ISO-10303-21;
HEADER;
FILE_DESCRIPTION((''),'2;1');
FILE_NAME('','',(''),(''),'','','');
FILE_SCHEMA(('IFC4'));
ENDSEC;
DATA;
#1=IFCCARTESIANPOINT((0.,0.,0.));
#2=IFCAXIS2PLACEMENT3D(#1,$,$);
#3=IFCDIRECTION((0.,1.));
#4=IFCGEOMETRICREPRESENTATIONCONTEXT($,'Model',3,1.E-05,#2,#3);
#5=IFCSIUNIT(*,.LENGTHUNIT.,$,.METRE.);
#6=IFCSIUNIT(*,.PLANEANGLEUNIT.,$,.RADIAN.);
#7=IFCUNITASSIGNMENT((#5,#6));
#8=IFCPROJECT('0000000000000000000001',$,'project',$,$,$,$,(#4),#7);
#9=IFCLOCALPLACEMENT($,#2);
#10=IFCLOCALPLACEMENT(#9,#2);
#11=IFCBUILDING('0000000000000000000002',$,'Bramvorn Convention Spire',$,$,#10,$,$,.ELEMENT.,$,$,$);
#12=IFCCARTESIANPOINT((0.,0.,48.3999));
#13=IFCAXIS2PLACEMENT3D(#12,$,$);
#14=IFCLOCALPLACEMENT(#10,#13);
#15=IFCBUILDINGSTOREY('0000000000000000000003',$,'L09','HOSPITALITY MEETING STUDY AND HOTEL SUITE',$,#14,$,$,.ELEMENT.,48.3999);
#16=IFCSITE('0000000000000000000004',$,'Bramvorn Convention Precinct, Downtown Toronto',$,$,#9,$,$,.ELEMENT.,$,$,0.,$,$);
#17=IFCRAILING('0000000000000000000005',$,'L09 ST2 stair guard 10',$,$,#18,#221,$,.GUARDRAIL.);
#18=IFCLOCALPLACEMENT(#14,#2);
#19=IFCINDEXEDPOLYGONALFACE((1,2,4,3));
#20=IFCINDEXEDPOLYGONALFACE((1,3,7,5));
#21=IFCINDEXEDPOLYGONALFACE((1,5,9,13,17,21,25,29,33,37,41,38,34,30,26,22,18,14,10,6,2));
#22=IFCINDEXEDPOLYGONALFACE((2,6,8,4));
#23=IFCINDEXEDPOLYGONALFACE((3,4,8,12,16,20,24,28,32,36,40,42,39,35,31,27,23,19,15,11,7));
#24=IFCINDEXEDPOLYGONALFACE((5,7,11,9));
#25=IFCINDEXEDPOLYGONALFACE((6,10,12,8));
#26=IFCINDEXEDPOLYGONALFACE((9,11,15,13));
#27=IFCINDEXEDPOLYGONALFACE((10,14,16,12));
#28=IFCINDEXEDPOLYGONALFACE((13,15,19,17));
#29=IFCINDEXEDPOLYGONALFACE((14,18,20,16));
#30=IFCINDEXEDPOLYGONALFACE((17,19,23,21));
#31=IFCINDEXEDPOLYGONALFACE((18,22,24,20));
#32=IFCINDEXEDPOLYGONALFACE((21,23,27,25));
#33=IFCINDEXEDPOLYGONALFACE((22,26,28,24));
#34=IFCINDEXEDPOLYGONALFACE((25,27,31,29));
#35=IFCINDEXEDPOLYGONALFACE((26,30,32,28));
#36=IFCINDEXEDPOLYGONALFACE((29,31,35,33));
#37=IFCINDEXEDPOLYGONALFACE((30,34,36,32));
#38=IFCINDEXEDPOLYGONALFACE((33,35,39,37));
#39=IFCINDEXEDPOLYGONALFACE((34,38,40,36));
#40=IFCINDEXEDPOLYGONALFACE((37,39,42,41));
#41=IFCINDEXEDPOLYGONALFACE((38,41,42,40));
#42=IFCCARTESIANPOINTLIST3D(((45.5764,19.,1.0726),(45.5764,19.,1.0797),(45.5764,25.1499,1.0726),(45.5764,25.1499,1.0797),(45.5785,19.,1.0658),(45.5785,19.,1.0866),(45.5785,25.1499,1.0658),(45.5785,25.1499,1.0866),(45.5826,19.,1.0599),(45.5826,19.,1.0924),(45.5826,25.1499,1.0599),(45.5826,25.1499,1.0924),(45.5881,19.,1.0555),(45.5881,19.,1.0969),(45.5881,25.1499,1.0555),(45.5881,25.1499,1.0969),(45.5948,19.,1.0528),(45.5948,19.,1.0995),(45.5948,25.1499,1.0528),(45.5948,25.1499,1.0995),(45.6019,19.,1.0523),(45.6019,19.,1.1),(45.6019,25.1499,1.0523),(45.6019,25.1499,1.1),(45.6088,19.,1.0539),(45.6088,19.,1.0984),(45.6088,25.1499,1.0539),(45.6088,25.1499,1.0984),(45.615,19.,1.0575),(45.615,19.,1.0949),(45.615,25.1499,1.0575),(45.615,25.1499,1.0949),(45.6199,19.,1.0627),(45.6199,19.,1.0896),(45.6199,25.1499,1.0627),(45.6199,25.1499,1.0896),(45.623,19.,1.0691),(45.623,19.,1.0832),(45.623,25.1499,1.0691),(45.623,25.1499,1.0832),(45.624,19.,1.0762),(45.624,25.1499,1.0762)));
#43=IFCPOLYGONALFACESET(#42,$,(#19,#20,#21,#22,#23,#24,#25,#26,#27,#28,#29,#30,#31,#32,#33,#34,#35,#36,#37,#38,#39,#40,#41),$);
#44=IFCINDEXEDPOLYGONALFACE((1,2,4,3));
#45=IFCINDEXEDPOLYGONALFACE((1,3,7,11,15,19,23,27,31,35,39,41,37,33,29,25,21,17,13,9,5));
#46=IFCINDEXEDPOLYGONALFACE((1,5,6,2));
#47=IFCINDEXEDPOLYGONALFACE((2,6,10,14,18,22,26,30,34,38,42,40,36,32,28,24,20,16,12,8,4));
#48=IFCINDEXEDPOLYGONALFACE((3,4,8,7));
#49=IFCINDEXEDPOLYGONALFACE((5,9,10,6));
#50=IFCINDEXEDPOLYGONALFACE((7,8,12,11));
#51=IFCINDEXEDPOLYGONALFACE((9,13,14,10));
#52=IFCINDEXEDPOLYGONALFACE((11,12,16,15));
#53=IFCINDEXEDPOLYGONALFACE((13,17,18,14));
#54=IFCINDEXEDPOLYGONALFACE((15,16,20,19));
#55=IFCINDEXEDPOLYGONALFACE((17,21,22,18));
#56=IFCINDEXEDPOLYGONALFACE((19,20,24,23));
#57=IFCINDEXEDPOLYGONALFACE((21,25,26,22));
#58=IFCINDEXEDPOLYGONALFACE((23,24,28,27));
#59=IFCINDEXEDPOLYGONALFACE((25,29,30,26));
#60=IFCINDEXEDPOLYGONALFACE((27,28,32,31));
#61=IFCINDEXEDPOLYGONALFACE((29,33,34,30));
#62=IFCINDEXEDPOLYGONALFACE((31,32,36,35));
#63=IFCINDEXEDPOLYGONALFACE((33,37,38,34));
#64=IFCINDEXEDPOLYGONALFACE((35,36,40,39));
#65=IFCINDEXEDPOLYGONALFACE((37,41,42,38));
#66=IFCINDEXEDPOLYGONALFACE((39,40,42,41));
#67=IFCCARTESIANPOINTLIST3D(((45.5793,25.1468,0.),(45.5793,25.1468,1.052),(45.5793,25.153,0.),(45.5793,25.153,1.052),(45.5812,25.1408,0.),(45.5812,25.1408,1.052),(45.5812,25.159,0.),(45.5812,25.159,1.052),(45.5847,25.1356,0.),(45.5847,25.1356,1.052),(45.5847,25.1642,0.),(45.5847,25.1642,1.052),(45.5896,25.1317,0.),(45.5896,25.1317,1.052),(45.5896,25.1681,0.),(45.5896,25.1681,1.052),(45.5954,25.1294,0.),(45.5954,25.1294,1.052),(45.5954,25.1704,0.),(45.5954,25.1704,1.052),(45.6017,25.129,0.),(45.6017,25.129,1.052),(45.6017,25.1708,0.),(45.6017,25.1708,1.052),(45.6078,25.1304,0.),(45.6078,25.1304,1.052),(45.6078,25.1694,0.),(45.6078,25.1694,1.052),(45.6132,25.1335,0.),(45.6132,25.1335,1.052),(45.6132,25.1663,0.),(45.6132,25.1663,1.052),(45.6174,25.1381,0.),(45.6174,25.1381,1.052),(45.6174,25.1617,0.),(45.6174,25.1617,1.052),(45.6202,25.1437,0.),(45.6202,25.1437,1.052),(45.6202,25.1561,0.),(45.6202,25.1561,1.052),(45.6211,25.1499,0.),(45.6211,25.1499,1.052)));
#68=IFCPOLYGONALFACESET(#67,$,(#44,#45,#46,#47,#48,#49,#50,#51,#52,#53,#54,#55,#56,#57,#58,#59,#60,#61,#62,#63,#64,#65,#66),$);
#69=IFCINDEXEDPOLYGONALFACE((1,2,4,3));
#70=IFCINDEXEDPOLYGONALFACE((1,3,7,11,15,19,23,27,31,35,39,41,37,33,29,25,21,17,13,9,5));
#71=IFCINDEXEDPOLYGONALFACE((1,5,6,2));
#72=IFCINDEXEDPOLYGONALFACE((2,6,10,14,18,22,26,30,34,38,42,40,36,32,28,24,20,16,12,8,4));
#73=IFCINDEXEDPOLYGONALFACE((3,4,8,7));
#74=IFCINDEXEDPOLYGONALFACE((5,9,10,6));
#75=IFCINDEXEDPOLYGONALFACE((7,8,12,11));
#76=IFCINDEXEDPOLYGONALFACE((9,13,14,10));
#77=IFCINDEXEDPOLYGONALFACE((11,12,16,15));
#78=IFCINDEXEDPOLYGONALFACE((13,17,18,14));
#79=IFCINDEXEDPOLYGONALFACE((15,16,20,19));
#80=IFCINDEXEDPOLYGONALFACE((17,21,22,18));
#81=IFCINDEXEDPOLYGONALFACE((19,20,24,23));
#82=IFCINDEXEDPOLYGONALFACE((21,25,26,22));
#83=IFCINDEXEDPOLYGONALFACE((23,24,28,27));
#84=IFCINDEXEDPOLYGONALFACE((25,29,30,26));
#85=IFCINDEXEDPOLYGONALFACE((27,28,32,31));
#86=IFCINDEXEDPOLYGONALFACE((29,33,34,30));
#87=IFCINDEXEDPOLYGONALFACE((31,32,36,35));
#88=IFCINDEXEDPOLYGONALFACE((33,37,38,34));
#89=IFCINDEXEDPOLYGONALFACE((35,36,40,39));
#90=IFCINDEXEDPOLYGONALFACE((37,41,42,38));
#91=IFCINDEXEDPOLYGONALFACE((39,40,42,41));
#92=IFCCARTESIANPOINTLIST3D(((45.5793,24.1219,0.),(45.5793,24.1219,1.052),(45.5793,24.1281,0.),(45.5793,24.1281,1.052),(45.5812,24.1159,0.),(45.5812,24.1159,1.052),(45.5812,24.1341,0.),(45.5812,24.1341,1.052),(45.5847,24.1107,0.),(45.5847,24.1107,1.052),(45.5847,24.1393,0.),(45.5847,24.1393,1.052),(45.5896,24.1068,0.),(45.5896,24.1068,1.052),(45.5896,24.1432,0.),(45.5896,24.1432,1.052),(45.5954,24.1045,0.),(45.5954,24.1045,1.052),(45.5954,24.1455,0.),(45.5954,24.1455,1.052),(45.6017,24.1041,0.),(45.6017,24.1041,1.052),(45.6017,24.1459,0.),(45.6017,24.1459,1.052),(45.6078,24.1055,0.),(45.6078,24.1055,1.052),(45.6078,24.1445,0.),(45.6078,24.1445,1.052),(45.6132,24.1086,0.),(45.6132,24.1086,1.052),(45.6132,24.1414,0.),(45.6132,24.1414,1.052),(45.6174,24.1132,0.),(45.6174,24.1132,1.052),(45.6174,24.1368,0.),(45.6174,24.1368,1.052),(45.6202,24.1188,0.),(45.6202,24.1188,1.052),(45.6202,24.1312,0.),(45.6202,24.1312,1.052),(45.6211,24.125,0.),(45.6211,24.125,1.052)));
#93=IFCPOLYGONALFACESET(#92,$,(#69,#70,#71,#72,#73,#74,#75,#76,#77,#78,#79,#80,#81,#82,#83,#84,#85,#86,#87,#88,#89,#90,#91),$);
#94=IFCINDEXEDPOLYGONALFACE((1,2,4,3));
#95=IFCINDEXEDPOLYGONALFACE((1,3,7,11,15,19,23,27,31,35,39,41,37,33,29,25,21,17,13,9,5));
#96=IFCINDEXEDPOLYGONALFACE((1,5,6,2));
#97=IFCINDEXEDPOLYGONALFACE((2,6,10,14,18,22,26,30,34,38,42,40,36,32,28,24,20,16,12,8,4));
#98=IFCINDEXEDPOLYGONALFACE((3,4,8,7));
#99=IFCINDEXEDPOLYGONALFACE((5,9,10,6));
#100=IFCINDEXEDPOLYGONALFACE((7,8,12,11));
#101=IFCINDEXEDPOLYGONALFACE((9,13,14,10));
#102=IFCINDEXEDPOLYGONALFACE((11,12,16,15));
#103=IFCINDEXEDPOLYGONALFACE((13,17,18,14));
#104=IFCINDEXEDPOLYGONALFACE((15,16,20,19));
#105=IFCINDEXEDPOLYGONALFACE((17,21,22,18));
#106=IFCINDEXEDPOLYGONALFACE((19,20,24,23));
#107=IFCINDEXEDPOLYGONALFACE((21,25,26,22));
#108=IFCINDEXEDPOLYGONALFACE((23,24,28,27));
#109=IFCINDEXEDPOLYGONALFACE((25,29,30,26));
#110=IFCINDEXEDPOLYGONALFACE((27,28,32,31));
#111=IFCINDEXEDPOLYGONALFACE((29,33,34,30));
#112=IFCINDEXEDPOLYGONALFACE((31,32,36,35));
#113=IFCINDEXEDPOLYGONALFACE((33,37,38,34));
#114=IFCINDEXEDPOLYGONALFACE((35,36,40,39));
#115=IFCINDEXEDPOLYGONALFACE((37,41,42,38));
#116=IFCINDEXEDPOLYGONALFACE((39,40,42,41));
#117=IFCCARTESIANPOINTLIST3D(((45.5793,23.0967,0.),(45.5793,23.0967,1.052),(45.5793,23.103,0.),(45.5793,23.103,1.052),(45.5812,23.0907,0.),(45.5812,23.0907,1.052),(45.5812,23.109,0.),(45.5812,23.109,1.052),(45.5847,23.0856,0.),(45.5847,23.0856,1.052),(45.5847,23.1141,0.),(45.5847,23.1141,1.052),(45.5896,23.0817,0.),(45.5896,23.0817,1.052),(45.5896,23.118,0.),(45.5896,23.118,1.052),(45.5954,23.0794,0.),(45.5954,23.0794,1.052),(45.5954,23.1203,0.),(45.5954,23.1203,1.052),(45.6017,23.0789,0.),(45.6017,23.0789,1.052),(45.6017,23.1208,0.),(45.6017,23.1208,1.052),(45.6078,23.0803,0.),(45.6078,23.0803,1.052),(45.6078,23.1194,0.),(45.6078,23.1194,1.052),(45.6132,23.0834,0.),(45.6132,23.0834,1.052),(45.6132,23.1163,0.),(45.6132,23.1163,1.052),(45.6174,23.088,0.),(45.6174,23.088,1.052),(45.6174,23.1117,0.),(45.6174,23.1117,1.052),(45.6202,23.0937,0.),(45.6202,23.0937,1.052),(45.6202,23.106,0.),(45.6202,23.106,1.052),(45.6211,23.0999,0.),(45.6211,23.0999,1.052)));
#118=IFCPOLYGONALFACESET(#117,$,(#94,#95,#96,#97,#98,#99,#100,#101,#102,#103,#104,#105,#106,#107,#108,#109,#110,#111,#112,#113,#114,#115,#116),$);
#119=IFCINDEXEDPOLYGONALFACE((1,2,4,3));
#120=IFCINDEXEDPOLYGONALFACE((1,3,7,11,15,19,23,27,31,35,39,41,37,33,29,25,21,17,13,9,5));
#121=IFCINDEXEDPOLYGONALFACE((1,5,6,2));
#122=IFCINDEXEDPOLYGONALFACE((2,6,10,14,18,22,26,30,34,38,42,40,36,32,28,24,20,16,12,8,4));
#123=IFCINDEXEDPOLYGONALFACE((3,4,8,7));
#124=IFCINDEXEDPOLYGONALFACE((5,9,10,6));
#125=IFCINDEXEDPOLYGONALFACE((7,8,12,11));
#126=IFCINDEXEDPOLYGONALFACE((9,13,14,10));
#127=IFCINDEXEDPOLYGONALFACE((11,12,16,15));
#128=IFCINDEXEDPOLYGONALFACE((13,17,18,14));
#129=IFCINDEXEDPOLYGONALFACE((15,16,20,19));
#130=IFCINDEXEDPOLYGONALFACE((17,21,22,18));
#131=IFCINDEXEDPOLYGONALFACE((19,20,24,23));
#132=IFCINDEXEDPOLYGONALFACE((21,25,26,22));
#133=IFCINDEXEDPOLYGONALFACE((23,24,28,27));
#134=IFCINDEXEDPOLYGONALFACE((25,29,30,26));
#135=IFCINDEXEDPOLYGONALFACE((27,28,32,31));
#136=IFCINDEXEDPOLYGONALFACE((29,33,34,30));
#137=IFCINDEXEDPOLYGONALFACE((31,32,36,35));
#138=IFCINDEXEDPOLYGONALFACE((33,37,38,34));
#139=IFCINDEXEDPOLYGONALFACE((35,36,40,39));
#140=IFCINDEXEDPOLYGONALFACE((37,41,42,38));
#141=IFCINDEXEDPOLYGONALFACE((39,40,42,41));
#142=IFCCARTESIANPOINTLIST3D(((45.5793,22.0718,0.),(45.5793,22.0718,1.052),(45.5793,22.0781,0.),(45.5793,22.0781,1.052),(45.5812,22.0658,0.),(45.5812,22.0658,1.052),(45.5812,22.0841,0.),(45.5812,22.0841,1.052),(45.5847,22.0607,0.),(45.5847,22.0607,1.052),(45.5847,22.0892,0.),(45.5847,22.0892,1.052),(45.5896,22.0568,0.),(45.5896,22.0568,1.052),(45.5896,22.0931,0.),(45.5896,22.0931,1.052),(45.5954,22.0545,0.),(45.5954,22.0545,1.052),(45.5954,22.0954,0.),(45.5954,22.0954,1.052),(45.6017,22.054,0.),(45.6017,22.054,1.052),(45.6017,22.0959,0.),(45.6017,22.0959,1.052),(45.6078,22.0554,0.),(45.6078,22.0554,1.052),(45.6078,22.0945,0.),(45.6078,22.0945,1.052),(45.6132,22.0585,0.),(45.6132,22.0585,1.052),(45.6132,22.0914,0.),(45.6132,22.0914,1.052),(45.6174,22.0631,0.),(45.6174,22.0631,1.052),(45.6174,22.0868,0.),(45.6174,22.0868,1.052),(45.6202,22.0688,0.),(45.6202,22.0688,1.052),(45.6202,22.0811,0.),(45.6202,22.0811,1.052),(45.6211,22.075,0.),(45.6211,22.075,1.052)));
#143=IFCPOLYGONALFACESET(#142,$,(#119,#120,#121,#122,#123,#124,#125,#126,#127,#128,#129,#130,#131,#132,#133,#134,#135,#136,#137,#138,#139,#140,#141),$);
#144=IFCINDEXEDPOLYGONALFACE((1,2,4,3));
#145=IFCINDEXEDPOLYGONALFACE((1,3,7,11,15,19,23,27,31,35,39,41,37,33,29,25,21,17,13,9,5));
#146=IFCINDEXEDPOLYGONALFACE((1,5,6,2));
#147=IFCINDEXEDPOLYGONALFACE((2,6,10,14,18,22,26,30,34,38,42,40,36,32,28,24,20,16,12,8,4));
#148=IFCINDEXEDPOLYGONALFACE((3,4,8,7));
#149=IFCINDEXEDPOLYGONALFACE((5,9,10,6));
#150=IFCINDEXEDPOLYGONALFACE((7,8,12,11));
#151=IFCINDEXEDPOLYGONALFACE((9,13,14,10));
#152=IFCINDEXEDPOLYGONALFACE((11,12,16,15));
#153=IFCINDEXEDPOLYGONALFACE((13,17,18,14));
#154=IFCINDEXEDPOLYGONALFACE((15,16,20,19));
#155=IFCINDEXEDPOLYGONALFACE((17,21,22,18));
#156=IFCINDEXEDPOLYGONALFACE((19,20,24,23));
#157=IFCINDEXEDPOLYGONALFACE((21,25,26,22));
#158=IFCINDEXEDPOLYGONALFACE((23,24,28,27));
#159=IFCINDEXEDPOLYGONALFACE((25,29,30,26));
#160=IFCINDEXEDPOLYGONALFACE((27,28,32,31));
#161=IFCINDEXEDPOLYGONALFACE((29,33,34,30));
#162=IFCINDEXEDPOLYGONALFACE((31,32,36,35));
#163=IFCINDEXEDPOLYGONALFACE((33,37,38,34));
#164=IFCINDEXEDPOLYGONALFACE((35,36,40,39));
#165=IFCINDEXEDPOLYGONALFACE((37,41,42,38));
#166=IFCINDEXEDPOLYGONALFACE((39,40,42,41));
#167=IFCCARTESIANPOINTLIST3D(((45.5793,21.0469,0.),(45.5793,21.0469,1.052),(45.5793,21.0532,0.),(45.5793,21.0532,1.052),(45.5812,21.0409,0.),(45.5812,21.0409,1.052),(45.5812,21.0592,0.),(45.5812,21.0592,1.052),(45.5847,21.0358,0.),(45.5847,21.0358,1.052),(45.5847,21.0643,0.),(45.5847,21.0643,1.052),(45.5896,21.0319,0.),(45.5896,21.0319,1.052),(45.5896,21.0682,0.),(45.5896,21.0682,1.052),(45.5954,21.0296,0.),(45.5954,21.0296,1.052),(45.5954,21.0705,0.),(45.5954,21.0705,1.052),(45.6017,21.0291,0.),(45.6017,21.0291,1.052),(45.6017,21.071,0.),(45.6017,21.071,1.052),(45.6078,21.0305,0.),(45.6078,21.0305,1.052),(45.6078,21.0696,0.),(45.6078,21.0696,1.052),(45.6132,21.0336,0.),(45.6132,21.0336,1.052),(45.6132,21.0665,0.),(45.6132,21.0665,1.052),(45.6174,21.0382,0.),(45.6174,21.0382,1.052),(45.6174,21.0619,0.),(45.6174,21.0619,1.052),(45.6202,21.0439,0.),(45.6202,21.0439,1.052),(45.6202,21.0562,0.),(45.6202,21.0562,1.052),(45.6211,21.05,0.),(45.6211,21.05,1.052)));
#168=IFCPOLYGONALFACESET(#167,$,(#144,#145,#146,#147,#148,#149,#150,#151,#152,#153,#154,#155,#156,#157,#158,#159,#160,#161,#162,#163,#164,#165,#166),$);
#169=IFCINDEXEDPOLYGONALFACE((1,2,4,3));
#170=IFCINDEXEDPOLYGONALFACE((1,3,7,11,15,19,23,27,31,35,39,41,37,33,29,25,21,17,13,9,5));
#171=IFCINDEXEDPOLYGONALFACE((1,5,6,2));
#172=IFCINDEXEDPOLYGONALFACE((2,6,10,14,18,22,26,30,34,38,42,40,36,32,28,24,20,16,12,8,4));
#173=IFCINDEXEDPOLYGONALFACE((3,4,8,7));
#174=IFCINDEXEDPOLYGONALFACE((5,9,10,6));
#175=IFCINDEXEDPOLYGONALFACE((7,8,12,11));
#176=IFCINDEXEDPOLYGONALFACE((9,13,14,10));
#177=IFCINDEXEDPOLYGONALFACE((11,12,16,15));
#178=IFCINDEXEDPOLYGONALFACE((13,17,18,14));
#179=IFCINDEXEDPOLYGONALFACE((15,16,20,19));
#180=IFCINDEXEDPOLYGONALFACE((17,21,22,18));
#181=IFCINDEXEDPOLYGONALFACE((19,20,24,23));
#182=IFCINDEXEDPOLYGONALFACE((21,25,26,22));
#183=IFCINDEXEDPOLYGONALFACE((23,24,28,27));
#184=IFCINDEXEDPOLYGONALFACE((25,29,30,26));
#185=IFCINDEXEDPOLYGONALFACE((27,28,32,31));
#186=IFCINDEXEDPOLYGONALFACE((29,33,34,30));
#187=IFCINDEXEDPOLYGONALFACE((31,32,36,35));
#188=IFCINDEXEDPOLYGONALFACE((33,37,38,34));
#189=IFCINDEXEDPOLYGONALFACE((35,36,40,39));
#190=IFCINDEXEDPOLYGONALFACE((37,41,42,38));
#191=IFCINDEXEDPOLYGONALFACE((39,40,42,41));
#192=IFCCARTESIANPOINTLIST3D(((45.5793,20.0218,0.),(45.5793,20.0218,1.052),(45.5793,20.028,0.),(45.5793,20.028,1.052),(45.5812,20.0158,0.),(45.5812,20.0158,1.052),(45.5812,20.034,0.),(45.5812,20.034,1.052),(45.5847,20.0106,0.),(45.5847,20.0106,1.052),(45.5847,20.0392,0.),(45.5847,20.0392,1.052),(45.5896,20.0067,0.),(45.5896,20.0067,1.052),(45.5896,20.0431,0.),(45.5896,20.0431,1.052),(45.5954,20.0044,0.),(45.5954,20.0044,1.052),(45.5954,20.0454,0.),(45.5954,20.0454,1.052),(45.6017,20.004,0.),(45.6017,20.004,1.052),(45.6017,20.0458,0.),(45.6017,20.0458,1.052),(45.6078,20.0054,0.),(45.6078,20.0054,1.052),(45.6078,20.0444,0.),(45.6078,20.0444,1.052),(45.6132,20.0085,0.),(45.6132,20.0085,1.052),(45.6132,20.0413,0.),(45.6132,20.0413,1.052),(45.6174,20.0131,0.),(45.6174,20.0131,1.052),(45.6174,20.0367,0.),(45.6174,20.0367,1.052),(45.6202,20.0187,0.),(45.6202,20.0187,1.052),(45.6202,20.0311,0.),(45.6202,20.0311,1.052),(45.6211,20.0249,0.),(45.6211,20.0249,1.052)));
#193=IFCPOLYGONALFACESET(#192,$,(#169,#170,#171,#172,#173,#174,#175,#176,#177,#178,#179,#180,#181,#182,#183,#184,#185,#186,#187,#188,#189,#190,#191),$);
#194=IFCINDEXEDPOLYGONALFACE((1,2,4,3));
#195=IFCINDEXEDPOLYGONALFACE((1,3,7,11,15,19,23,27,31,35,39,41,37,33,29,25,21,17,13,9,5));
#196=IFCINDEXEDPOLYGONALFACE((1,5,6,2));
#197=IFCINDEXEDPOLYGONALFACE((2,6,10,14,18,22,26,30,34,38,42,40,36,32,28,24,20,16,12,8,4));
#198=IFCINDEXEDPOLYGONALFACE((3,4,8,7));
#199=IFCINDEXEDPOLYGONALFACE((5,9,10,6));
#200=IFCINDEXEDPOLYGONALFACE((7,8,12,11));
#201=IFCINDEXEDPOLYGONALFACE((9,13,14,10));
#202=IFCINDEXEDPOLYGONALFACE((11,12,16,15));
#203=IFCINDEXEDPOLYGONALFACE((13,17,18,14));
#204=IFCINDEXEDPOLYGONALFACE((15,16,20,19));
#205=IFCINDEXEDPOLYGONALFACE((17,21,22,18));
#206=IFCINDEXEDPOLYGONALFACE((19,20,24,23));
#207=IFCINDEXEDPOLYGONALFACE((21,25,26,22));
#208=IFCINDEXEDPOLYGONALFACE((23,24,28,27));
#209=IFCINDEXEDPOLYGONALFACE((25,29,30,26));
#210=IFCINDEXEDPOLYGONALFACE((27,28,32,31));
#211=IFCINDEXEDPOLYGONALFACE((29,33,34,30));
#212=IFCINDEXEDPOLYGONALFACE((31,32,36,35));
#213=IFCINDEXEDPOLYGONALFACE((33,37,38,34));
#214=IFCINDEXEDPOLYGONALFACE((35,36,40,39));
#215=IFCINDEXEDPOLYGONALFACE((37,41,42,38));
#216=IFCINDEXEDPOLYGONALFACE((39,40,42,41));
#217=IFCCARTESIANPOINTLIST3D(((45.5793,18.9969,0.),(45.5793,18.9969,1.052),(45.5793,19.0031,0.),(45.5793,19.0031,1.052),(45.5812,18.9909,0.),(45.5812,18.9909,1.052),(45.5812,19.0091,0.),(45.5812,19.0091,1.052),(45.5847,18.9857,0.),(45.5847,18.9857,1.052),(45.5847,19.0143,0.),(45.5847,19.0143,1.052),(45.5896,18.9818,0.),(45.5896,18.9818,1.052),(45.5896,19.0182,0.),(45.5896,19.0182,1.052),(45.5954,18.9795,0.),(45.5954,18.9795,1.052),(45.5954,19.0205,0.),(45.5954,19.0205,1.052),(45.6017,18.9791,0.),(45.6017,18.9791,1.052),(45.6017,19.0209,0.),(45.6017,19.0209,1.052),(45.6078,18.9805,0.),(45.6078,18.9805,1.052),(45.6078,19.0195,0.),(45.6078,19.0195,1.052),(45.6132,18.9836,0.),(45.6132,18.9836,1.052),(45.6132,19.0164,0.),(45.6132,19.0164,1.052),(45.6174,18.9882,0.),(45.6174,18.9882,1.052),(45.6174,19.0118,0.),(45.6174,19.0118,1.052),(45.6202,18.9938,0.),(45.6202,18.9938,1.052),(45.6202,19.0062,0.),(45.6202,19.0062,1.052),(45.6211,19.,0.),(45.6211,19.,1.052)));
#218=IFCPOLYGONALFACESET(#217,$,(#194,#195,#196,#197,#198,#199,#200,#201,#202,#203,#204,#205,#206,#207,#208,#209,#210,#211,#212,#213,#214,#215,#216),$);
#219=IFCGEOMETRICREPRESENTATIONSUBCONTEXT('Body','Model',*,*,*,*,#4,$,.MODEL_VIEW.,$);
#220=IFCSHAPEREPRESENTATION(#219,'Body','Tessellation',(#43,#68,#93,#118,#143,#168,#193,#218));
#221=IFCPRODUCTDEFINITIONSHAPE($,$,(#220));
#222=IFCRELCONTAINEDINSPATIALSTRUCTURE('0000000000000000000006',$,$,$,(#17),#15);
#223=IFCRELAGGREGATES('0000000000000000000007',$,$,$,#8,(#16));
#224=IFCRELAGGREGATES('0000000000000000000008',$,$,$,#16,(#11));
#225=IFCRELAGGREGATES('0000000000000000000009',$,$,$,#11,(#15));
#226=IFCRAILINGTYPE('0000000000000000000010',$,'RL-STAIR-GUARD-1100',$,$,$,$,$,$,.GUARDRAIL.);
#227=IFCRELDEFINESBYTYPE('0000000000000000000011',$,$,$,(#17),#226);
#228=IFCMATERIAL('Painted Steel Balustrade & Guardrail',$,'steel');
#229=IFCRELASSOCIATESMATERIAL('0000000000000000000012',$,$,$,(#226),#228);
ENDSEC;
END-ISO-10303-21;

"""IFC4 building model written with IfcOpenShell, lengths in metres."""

from ifc_helpers import new_model, si_unit, direction, frame, origin, origin_2d, place, context, subcontext, project, spatial, circle, extrude, material, type_object, element, save


model = new_model("IFC4")

# Units and contexts
model_context = context("Model", 3, precision=1e-05, world=origin(), true_north=direction((0.0, 1.0)))
body_context = subcontext(model_context, "Body", "Model", "MODEL_VIEW")
ifc_project = project(units=[si_unit("LENGTHUNIT", "METRE"), si_unit("PLANEANGLEUNIT", "RADIAN")], contexts=[model_context])

# Site, building, storey
site_placement = place(None, origin())
site = spatial("IfcSite", under=ifc_project, at=site_placement, Name="Bramvorn Convention Precinct, Downtown Toronto", CompositionType="ELEMENT", RefElevation=0.0)
building_placement = place(site_placement, origin())
building = spatial("IfcBuilding", under=site, at=building_placement, Name="Bramvorn Convention Spire", CompositionType="ELEMENT")
storey_placement = place(building_placement, frame((0.0, 0.0, 48.3999)))
storey = spatial("IfcBuildingStorey", under=building, at=storey_placement, Name="L09", Description="HOSPITALITY MEETING STUDY AND HOTEL SUITE", CompositionType="ELEMENT", Elevation=48.3999)

# Railing
ifc_material_1 = material(Name="Painted Steel Balustrade & Guardrail", Category="steel")
railing_type_1 = type_object("IfcRailingType", Name="RL-STAIR-GUARD-1100", PredefinedType="GUARDRAIL", material=ifc_material_1)
railing_1_placement = place(storey_placement, frame((45.6001, 25.1499, 0.0)))
element("IfcRailing", 1, at=railing_1_placement, inside=storey, type_object=railing_type_1, Name="L09 ST2 stair guard 10", PredefinedType="GUARDRAIL", context=body_context, shape_type="SweptSolid", body=[
    extrude(circle(Radius=0.0239, at=origin_2d()), frame((0.0, 0.0, 1.0762), z_axis=(0.0, -1.0, 0.0), x_axis=(1.0, 0.0, 0.0)), (0.0, 0.0, 1.0), 6.1499),
    extrude(circle(Radius=0.021, at=origin_2d()), origin(), (0.0, 0.0, 1.0), 1.052),
    extrude(circle(Radius=0.021, at=origin_2d()), frame((0.0, -1.0249, 0.0)), (0.0, 0.0, 1.0), 1.052),
    extrude(circle(Radius=0.021, at=origin_2d()), frame((0.0, -2.05, 0.0)), (0.0, 0.0, 1.0), 1.052),
    extrude(circle(Radius=0.021, at=origin_2d()), frame((0.0, -3.075, 0.0)), (0.0, 0.0, 1.0), 1.052),
    extrude(circle(Radius=0.021, at=origin_2d()), frame((0.0, -4.0999, 0.0)), (0.0, 0.0, 1.0), 1.052),
    extrude(circle(Radius=0.021, at=origin_2d()), frame((0.0, -5.125, 0.0)), (0.0, 0.0, 1.0), 1.052),
    extrude(circle(Radius=0.021, at=origin_2d()), frame((0.0, -6.1499, 0.0)), (0.0, 0.0, 1.0), 1.052),
])

save(model, "model.ifc")
